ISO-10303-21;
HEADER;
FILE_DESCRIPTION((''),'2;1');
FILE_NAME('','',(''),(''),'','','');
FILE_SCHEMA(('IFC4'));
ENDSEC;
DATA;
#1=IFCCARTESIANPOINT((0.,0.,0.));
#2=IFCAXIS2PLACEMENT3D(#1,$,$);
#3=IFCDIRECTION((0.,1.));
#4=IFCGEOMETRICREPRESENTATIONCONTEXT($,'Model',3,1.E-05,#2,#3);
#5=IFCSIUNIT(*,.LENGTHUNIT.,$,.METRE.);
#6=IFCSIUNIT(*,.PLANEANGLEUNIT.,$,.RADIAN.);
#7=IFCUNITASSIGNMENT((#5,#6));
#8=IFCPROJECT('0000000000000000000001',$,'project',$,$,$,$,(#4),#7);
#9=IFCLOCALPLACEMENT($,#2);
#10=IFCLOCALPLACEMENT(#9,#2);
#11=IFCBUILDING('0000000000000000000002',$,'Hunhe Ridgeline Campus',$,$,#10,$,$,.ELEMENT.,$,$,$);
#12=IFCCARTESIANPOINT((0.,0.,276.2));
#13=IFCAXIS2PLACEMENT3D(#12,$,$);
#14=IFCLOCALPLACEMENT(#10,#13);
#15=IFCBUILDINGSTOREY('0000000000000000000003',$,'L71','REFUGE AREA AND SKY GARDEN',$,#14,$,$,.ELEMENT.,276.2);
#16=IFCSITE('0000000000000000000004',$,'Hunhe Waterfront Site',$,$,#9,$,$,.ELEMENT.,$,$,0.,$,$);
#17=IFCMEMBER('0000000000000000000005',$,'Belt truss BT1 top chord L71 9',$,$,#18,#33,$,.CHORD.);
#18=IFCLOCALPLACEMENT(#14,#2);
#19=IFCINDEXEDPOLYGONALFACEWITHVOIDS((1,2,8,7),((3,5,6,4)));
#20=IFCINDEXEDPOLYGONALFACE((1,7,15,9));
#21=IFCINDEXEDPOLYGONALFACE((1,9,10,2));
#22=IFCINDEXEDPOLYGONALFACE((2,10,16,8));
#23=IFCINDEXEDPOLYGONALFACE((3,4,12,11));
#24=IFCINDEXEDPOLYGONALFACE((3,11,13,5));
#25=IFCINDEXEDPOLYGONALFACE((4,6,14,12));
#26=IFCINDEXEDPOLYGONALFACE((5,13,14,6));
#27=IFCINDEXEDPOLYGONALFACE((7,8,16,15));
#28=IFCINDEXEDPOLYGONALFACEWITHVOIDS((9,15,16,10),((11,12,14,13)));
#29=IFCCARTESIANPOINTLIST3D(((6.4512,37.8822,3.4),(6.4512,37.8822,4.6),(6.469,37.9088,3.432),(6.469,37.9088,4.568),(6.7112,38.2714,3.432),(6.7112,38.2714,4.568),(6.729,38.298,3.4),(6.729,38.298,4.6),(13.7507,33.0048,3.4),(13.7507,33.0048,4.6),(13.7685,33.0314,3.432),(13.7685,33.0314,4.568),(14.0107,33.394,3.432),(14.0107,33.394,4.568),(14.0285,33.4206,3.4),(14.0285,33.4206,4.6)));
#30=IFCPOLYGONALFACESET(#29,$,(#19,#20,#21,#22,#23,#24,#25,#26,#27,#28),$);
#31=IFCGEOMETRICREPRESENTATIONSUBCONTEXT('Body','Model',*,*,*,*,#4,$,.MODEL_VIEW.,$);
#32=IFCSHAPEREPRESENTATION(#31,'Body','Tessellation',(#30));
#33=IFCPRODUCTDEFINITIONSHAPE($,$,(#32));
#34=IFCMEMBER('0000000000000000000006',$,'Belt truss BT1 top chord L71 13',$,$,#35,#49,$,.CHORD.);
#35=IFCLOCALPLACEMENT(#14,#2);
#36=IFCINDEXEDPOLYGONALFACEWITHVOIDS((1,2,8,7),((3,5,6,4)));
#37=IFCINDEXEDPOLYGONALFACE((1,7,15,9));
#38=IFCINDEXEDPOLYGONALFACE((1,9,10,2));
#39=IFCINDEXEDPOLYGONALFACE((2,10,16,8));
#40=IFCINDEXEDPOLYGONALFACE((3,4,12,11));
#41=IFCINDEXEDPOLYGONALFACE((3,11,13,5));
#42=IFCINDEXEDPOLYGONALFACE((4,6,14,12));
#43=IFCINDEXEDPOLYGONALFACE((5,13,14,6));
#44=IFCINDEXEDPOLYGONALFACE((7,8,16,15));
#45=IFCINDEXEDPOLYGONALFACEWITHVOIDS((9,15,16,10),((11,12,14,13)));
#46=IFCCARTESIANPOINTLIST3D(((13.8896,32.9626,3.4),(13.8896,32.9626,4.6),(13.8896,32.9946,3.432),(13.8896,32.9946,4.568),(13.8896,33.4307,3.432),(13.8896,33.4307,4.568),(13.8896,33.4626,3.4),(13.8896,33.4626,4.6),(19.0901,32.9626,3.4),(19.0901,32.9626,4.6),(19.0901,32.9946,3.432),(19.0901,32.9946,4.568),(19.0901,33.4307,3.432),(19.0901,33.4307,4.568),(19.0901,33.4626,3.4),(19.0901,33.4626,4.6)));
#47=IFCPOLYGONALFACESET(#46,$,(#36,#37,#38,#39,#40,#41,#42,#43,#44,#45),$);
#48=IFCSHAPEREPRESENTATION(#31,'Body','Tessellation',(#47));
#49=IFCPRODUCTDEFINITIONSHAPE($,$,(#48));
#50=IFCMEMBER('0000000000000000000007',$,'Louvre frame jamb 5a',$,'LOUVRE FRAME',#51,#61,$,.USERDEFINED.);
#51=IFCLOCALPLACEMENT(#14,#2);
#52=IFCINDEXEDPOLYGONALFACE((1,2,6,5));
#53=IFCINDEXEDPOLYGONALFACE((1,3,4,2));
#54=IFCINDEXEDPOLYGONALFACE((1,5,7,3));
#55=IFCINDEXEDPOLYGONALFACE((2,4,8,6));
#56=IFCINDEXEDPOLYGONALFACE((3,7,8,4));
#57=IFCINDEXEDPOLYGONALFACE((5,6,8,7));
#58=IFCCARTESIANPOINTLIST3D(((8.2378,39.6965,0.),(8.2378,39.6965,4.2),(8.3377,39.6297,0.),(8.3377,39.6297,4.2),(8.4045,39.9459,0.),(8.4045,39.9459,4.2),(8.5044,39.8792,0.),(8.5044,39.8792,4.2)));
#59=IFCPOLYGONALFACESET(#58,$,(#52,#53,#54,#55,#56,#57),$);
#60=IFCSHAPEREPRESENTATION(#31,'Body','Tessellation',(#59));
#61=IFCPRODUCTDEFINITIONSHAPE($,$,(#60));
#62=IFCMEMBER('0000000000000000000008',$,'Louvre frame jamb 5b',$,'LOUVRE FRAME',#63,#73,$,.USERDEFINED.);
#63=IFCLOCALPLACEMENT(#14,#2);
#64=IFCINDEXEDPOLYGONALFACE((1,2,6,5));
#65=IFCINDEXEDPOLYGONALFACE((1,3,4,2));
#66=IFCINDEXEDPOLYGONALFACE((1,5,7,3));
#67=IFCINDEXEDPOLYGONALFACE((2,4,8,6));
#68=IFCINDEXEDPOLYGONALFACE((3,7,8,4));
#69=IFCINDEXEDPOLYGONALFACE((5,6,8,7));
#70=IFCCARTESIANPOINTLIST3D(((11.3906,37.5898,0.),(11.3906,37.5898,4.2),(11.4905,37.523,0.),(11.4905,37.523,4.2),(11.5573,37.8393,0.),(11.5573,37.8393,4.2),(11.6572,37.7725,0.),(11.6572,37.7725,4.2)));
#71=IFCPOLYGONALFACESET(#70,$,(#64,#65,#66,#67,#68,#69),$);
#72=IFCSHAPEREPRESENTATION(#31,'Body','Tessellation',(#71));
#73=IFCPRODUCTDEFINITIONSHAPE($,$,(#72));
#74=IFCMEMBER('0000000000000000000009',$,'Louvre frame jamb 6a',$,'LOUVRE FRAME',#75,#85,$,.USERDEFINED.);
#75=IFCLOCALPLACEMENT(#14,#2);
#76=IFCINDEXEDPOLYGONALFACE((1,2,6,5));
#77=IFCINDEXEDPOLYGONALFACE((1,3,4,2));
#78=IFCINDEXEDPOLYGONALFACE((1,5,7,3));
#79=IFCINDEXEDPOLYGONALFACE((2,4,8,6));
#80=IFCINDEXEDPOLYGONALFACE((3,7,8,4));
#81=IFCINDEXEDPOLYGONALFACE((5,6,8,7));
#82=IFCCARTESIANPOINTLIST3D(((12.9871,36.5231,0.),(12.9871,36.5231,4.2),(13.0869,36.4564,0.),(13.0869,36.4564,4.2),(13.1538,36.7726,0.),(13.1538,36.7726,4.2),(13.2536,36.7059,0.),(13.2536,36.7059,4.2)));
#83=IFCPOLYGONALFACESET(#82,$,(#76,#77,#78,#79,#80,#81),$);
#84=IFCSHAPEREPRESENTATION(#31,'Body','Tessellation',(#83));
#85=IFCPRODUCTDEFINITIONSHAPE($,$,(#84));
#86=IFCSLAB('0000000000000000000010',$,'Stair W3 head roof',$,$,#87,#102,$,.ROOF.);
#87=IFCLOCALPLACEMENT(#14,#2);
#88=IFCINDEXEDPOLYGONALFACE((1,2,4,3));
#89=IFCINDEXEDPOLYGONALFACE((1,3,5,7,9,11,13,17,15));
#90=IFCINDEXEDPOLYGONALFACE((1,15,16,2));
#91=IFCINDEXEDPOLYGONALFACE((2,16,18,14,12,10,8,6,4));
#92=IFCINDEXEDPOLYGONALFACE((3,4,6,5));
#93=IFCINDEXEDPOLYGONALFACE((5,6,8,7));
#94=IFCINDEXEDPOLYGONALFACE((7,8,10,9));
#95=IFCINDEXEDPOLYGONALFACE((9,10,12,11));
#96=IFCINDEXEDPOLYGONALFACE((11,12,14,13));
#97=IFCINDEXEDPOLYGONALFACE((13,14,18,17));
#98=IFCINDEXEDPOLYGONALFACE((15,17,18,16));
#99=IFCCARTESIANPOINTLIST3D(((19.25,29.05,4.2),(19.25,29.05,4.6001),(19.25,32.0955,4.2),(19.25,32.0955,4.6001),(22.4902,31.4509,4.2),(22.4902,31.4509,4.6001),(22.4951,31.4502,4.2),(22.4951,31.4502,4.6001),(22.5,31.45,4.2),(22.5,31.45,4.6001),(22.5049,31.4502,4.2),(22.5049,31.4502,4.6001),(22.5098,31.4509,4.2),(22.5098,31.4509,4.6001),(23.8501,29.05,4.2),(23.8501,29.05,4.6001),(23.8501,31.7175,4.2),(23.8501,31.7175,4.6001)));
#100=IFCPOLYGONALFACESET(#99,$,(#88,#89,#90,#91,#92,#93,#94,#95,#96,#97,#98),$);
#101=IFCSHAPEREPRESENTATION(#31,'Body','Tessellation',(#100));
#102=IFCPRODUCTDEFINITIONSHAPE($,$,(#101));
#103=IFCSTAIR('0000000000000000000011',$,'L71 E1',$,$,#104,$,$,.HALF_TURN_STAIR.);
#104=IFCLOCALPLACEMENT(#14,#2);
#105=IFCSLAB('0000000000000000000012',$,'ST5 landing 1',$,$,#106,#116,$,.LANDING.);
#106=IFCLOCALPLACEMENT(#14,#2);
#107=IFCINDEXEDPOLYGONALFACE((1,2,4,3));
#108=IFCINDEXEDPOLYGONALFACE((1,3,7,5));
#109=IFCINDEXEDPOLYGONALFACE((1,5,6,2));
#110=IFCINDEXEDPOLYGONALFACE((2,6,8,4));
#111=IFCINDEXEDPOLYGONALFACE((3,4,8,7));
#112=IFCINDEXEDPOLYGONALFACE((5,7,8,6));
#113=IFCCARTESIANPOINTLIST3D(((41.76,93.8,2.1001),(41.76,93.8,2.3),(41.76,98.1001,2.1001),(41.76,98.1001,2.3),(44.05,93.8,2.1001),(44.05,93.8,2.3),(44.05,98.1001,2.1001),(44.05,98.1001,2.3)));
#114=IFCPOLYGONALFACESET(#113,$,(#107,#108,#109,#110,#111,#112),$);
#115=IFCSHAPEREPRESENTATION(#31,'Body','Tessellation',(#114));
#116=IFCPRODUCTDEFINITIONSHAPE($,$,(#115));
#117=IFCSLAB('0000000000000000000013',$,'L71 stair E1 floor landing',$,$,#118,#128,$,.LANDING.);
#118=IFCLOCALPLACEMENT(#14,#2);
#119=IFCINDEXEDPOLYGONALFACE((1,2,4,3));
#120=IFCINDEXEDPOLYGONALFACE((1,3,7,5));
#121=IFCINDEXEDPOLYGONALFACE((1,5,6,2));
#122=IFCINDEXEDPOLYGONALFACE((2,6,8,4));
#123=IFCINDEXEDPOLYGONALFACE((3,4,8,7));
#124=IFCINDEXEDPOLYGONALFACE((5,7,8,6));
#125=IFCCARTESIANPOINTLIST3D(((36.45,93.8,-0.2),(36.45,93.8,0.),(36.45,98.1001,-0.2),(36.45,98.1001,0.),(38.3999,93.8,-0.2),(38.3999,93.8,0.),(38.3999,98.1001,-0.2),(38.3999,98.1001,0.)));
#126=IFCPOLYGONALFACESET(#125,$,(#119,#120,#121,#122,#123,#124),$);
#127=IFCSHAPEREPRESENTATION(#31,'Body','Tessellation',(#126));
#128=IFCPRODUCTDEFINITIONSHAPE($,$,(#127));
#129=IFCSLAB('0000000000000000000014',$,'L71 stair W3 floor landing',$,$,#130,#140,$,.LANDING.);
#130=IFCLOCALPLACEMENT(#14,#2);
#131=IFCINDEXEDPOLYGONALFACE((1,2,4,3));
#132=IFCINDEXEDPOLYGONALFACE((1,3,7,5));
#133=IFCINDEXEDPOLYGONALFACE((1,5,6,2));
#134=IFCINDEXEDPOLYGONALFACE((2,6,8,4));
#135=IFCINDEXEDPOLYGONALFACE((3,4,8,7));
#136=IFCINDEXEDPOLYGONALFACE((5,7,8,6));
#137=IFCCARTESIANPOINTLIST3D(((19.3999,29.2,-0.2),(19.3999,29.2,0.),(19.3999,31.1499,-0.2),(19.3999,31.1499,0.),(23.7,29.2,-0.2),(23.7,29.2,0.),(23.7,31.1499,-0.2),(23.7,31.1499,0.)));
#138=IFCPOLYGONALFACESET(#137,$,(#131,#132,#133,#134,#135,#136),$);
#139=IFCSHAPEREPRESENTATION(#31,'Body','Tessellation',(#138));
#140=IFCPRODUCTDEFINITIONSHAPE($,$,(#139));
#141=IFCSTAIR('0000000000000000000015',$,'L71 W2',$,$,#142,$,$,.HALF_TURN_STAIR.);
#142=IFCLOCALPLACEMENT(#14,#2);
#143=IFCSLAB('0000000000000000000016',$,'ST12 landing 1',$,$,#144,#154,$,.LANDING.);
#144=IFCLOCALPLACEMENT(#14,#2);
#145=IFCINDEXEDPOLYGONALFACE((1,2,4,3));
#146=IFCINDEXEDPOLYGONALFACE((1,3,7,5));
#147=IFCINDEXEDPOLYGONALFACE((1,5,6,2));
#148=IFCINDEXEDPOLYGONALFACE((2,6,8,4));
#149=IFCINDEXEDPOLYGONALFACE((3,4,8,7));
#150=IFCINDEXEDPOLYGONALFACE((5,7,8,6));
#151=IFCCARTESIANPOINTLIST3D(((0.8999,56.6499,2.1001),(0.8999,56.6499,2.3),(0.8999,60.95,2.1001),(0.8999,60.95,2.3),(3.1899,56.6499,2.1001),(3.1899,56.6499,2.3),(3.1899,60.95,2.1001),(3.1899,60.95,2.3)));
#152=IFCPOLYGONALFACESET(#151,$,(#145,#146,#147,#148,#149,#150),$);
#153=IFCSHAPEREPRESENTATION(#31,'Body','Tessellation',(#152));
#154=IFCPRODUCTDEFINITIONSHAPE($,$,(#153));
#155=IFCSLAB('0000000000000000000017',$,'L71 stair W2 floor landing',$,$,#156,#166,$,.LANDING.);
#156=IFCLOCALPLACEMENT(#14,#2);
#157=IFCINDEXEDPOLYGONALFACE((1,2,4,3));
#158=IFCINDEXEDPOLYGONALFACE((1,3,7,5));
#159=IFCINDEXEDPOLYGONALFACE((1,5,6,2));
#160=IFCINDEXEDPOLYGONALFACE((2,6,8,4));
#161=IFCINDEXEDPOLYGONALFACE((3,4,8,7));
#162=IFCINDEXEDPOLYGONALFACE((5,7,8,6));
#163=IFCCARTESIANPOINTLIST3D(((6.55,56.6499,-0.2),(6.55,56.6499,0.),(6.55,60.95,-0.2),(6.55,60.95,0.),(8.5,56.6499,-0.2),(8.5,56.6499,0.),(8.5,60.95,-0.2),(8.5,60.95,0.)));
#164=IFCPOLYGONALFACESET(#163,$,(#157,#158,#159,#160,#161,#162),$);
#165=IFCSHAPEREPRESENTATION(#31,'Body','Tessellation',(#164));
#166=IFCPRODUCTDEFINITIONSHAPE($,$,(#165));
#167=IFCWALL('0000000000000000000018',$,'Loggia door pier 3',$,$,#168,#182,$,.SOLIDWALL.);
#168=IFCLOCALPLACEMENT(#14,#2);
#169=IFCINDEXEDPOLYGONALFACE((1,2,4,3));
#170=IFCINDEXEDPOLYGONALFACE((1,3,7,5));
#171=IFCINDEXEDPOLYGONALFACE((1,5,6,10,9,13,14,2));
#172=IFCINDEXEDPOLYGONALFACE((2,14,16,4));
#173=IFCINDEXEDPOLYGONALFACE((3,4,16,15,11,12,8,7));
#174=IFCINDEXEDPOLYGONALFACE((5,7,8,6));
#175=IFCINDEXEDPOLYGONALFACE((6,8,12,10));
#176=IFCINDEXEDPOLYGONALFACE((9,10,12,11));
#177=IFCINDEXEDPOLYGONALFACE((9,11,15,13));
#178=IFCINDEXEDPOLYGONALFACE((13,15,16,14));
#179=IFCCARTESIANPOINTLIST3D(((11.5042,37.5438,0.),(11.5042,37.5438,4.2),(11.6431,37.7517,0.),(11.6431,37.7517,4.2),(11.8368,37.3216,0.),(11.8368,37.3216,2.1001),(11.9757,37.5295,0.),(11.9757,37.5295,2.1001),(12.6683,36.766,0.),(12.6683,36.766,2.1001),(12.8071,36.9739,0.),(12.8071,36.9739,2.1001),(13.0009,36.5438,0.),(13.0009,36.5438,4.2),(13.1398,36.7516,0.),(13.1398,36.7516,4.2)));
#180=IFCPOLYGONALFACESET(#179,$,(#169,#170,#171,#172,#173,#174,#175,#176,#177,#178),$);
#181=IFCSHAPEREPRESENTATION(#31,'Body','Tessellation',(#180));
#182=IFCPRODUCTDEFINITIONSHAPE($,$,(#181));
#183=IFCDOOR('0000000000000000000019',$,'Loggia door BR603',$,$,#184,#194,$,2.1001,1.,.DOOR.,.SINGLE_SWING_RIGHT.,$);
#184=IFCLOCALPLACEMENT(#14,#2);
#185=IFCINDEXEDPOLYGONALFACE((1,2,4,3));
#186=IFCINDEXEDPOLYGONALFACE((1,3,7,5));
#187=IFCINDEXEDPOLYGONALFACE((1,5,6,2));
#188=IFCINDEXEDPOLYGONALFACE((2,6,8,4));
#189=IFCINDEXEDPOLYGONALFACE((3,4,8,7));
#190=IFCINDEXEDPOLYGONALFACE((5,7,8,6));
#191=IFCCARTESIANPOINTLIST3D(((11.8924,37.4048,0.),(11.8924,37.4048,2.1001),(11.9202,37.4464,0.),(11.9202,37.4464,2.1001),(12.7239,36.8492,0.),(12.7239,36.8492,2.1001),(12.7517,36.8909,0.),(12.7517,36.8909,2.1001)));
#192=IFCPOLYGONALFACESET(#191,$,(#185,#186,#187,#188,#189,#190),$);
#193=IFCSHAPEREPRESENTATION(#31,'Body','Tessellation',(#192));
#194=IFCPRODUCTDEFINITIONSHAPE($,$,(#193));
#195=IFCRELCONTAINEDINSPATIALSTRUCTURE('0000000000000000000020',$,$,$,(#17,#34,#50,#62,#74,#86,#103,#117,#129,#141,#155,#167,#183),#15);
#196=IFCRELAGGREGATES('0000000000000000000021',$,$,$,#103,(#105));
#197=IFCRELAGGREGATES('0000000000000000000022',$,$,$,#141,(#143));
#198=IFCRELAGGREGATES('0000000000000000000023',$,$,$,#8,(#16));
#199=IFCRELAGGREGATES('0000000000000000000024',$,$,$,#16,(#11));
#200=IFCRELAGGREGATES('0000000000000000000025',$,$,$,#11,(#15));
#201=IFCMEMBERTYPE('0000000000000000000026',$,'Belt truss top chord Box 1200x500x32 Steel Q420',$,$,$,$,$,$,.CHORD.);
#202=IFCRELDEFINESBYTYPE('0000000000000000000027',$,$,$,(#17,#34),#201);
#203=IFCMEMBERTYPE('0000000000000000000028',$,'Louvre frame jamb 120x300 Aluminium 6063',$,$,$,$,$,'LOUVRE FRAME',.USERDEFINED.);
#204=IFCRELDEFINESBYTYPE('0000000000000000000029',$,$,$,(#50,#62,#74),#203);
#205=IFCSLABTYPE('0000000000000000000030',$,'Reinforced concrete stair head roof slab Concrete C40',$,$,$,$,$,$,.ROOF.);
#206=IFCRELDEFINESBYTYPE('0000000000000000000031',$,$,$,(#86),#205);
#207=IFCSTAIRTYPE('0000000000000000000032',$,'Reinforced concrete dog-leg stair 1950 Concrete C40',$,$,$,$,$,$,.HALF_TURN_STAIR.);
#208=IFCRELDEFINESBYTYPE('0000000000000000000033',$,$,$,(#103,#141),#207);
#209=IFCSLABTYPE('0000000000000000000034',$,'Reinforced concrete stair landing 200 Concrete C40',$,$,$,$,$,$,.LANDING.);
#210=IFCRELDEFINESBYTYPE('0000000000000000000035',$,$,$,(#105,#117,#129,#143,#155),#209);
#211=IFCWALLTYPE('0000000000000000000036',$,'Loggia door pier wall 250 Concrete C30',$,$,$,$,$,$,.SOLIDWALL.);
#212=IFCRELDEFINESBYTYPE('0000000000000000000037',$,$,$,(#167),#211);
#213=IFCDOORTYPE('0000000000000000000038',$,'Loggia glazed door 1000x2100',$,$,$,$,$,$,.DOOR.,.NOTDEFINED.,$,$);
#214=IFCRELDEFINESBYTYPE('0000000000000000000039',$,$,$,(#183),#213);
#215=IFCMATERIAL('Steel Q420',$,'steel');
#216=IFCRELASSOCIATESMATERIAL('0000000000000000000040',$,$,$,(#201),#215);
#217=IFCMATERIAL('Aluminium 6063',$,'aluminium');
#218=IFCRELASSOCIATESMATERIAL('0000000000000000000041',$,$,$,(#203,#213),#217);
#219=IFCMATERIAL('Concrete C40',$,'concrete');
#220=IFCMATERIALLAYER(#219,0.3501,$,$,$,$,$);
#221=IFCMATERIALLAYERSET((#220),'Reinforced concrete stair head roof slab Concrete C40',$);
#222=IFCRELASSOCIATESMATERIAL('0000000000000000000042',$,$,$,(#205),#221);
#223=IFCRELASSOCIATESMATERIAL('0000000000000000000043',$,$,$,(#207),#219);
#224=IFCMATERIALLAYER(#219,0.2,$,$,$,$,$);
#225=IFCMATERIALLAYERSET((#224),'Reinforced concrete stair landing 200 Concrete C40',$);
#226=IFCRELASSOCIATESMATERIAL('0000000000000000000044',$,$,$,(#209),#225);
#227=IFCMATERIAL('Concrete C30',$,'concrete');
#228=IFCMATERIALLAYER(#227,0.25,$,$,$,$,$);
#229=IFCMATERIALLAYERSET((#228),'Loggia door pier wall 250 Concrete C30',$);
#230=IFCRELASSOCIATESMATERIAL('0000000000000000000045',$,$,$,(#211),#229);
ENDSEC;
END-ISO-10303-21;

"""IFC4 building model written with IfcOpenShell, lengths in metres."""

from ifc_helpers import new_model, si_unit, direction, frame, frame_2d, origin, origin_2d, place, context, subcontext, project, spatial, polyline, rectangle, hollow_rectangle, outline, extrude, material, layer, layer_set, material_profile, profile_set, type_object, element, fill, aggregate, save


model = new_model("IFC4")

# Units and contexts
model_context = context("Model", 3, precision=1e-05, world=origin(), true_north=direction((0.0, 1.0)))
body_context = subcontext(model_context, "Body", "Model", "MODEL_VIEW")
ifc_project = project(units=[si_unit("LENGTHUNIT", "METRE"), si_unit("PLANEANGLEUNIT", "RADIAN")], contexts=[model_context])

# Site, building, storey
site_placement = place(None, origin())
site = spatial("IfcSite", under=ifc_project, at=site_placement, Name="Hunhe Waterfront Site", CompositionType="ELEMENT", RefElevation=0.0)
building_placement = place(site_placement, origin())
building = spatial("IfcBuilding", under=site, at=building_placement, Name="Hunhe Ridgeline Campus", CompositionType="ELEMENT")
storey_placement = place(building_placement, frame((0.0, 0.0, 276.2)))
storey = spatial("IfcBuildingStorey", under=building, at=storey_placement, Name="L71", Description="REFUGE AREA AND SKY GARDEN", CompositionType="ELEMENT", Elevation=276.2)

# Members
ifc_material_1 = material(Name="Steel Q420", Category="steel")
ifc_material_profile_1 = material_profile(ifc_material_1, hollow_rectangle(XDim=0.5, YDim=1.2, WallThickness=0.032, at=origin_2d()))
ifc_profile_set_1 = profile_set([ifc_material_profile_1], Name="Steel Q420")
member_type_1 = type_object("IfcMemberType", Name="Belt truss top chord Box 1200x500x32 Steel Q420", PredefinedType="CHORD", material=ifc_profile_set_1)
member_1_placement = place(storey_placement, frame((6.5901, 38.0901, 4.0), z_axis=(0.831468, -0.555573, 0.0), x_axis=(0.555573, 0.831468, 0.0)))
element("IfcMember", 1, at=member_1_placement, inside=storey, type_object=member_type_1, Name="Belt truss BT1 top chord L71 9", PredefinedType="CHORD", context=body_context, shape_type="SweptSolid", body=[
    extrude(hollow_rectangle(XDim=0.5, YDim=1.2, WallThickness=0.032, at=origin_2d()), origin(), (0.0, 0.0, 1.0), 8.7791),
])
member_2_placement = place(storey_placement, frame((13.8896, 33.2126, 4.0), z_axis=(1.0, 0.0, 0.0), x_axis=(0.0, 1.0, 0.0)))
element("IfcMember", 2, at=member_2_placement, inside=storey, type_object=member_type_1, Name="Belt truss BT1 top chord L71 13", PredefinedType="CHORD", context=body_context, shape_type="SweptSolid", body=[
    extrude(hollow_rectangle(XDim=0.5, YDim=1.2, WallThickness=0.032, at=origin_2d()), origin(), (0.0, 0.0, 1.0), 5.2004),
])
ifc_material_2 = material(Name="Aluminium 6063", Category="aluminium")
ifc_material_profile_2 = material_profile(ifc_material_2, rectangle(XDim=0.3, YDim=0.1201, at=origin_2d()))
ifc_profile_set_2 = profile_set([ifc_material_profile_2], Name="Aluminium 6063")
member_type_2 = type_object("IfcMemberType", Name="Louvre frame jamb 120x300 Aluminium 6063", ElementType="LOUVRE FRAME", PredefinedType="USERDEFINED", material=ifc_profile_set_2)
for number, where, z_axis, x_axis, name in (
    (3, (8.3711, 39.7878, 0.0), (0.0, 0.0, 1.0), (0.55557, 0.83147, 0.0), "Louvre frame jamb 5a"),
    (4, (11.5239, 37.6812, 0.0), (0.0, 0.0, 1.0), (0.55557, 0.83147, 0.0), "Louvre frame jamb 5b"),
    (5, (13.1204, 36.6145, 0.0), (0.0, 0.0, 1.0), (0.55557, 0.83147, 0.0), "Louvre frame jamb 6a"),
):
    element("IfcMember", number, at=place(storey_placement, frame(where, z_axis=z_axis, x_axis=x_axis)), inside=storey, type_object=member_type_2, Name=name, ObjectType="LOUVRE FRAME", PredefinedType="USERDEFINED", context=body_context, shape_type="SweptSolid", body=[
        extrude(rectangle(XDim=0.3, YDim=0.1201, at=origin_2d()), origin(), (0.0, 0.0, 1.0), 4.2),
    ])

# Slab
ifc_material_3 = material(Name="Concrete C40", Category="concrete")
ifc_layer_1 = layer(ifc_material_3, 0.3501)
ifc_layer_set_1 = layer_set([ifc_layer_1], Name="Reinforced concrete stair head roof slab Concrete C40")
slab_type_1 = type_object("IfcSlabType", Name="Reinforced concrete stair head roof slab Concrete C40", PredefinedType="ROOF", material=ifc_layer_set_1)
slab_1_placement = place(storey_placement, frame((0.0, 0.0, 4.2)))
element("IfcSlab", 6, at=slab_1_placement, inside=storey, type_object=slab_type_1, Name="Stair W3 head roof", PredefinedType="ROOF", context=body_context, shape_type="SweptSolid", body=[
    extrude(outline(polyline([(19.25, 29.05), (19.25, 32.0955), (22.4902, 31.4509), (22.4951, 31.4502), (22.5, 31.45), (22.5049, 31.4502), (22.5098, 31.4509), (23.8501, 31.7175), (23.8501, 29.05), (19.25, 29.05)])), origin(), (0.0, 0.0, 1.0), 0.4001),
])

# Stair, slab
stair_type = type_object("IfcStairType", Name="Reinforced concrete dog-leg stair 1950 Concrete C40", PredefinedType="HALF_TURN_STAIR", material=ifc_material_3)
stair_1_placement = place(storey_placement, origin())
stair_1 = element("IfcStair", 7, at=stair_1_placement, inside=storey, type_object=stair_type, Name="L71 E1", PredefinedType="HALF_TURN_STAIR")
ifc_layer_2 = layer(ifc_material_3, 0.2)
ifc_layer_set_2 = layer_set([ifc_layer_2], Name="Reinforced concrete stair landing 200 Concrete C40")
slab_type_2 = type_object("IfcSlabType", Name="Reinforced concrete stair landing 200 Concrete C40", PredefinedType="LANDING", material=ifc_layer_set_2)
slab_2_placement = place(storey_placement, frame((0.0, 0.0, 2.1001)))
slab_2 = element("IfcSlab", 8, at=slab_2_placement, type_object=slab_type_2, Name="ST5 landing 1", PredefinedType="LANDING", context=body_context, shape_type="SweptSolid", body=[
    extrude(outline(polyline([(41.76, 93.8), (44.05, 93.8), (44.05, 98.1001), (41.76, 98.1001), (41.76, 93.8)])), origin(), (0.0, 0.0, 1.0), 0.2),
])
aggregate(stair_1, [slab_2])

# Slabs
slab_3_placement = place(storey_placement, frame((0.0, 0.0, -0.2)))
element("IfcSlab", 9, at=slab_3_placement, inside=storey, type_object=slab_type_2, Name="L71 stair E1 floor landing", PredefinedType="LANDING", context=body_context, shape_type="SweptSolid", body=[
    extrude(outline(polyline([(36.45, 93.8), (38.3999, 93.8), (38.3999, 98.1001), (36.45, 98.1001), (36.45, 93.8)])), origin(), (0.0, 0.0, 1.0), 0.2),
])
slab_4_placement = place(storey_placement, frame((0.0, 0.0, -0.2)))
element("IfcSlab", 10, at=slab_4_placement, inside=storey, type_object=slab_type_2, Name="L71 stair W3 floor landing", PredefinedType="LANDING", context=body_context, shape_type="SweptSolid", body=[
    extrude(outline(polyline([(23.7, 29.2), (23.7, 31.1499), (19.3999, 31.1499), (19.3999, 29.2), (23.7, 29.2)])), origin(), (0.0, 0.0, 1.0), 0.2),
])

# Stair, slab
stair_2_placement = place(storey_placement, origin())
stair_2 = element("IfcStair", 11, at=stair_2_placement, inside=storey, type_object=stair_type, Name="L71 W2", PredefinedType="HALF_TURN_STAIR")
slab_5_placement = place(storey_placement, frame((0.0, 0.0, 2.1001)))
slab_5 = element("IfcSlab", 12, at=slab_5_placement, type_object=slab_type_2, Name="ST12 landing 1", PredefinedType="LANDING", context=body_context, shape_type="SweptSolid", body=[
    extrude(outline(polyline([(3.1899, 60.95), (0.8999, 60.95), (0.8999, 56.6499), (3.1899, 56.6499), (3.1899, 60.95)])), origin(), (0.0, 0.0, 1.0), 0.2),
])
aggregate(stair_2, [slab_5])

# Slab
slab_6_placement = place(storey_placement, frame((0.0, 0.0, -0.2)))
element("IfcSlab", 13, at=slab_6_placement, inside=storey, type_object=slab_type_2, Name="L71 stair W2 floor landing", PredefinedType="LANDING", context=body_context, shape_type="SweptSolid", body=[
    extrude(outline(polyline([(8.5, 60.95), (6.55, 60.95), (6.55, 56.6499), (8.5, 56.6499), (8.5, 60.95)])), origin(), (0.0, 0.0, 1.0), 0.2),
])

# Wall, opening, door
ifc_material_4 = material(Name="Concrete C30", Category="concrete")
ifc_layer_3 = layer(ifc_material_4, 0.25)
ifc_layer_set_3 = layer_set([ifc_layer_3], Name="Loggia door pier wall 250 Concrete C30")
wall_type_1 = type_object("IfcWallType", Name="Loggia door pier wall 250 Concrete C30", PredefinedType="SOLIDWALL", material=ifc_layer_set_3)
wall_1_placement = place(storey_placement, frame((11.5737, 37.6477, 0.0), z_axis=(0.0, 0.0, 1.0), x_axis=(0.831466, -0.555576, 0.0)))
wall_1 = element("IfcWall", 14, at=wall_1_placement, inside=storey, type_object=wall_type_1, Name="Loggia door pier 3", PredefinedType="SOLIDWALL", context=body_context, shape_type="SweptSolid", body=[
    extrude(rectangle(XDim=1.8, YDim=0.25, at=frame_2d((0.8999, 0.0))), origin(), (0.0, 0.0, 1.0), 4.2),
])
opening_1_placement = place(wall_1_placement, frame((0.3999, 0.0, 0.0)))
opening_1 = element("IfcOpeningElement", 15, at=opening_1_placement, cuts=wall_1, PredefinedType="OPENING", context=body_context, shape_type="SweptSolid", body=[
    extrude(rectangle(XDim=1.0, YDim=2.1001, at=frame_2d((0.5, 1.05))), frame((0.0, 0.125, 0.0), z_axis=(0.0, -1.0, 0.0), x_axis=(1.0, 0.0, 0.0)), (0.0, 0.0, 1.0), 0.25),
])
door_type_1 = type_object("IfcDoorType", Name="Loggia glazed door 1000x2100", OperationType="NOTDEFINED", PredefinedType="DOOR", material=ifc_material_2)
door_1_placement = place(opening_1_placement, frame((1.0, 0.0, 0.0), z_axis=(0.0, 0.0, 1.0), x_axis=(-1.0, 0.0, 0.0)))
door_1 = element("IfcDoor", 16, at=door_1_placement, inside=storey, type_object=door_type_1, Name="Loggia door BR603", OperationType="SINGLE_SWING_RIGHT", OverallHeight=2.1001, OverallWidth=1.0, PredefinedType="DOOR", context=body_context, shape_type="SweptSolid", body=[
    extrude(rectangle(XDim=1.0, YDim=2.1001, at=frame_2d((0.5, 1.05))), frame((0.0, 0.0249, 0.0), z_axis=(0.0, -1.0, 0.0), x_axis=(1.0, 0.0, 0.0)), (0.0, 0.0, 1.0), 0.05),
])
fill(opening_1, door_1)

save(model, "model.ifc")
